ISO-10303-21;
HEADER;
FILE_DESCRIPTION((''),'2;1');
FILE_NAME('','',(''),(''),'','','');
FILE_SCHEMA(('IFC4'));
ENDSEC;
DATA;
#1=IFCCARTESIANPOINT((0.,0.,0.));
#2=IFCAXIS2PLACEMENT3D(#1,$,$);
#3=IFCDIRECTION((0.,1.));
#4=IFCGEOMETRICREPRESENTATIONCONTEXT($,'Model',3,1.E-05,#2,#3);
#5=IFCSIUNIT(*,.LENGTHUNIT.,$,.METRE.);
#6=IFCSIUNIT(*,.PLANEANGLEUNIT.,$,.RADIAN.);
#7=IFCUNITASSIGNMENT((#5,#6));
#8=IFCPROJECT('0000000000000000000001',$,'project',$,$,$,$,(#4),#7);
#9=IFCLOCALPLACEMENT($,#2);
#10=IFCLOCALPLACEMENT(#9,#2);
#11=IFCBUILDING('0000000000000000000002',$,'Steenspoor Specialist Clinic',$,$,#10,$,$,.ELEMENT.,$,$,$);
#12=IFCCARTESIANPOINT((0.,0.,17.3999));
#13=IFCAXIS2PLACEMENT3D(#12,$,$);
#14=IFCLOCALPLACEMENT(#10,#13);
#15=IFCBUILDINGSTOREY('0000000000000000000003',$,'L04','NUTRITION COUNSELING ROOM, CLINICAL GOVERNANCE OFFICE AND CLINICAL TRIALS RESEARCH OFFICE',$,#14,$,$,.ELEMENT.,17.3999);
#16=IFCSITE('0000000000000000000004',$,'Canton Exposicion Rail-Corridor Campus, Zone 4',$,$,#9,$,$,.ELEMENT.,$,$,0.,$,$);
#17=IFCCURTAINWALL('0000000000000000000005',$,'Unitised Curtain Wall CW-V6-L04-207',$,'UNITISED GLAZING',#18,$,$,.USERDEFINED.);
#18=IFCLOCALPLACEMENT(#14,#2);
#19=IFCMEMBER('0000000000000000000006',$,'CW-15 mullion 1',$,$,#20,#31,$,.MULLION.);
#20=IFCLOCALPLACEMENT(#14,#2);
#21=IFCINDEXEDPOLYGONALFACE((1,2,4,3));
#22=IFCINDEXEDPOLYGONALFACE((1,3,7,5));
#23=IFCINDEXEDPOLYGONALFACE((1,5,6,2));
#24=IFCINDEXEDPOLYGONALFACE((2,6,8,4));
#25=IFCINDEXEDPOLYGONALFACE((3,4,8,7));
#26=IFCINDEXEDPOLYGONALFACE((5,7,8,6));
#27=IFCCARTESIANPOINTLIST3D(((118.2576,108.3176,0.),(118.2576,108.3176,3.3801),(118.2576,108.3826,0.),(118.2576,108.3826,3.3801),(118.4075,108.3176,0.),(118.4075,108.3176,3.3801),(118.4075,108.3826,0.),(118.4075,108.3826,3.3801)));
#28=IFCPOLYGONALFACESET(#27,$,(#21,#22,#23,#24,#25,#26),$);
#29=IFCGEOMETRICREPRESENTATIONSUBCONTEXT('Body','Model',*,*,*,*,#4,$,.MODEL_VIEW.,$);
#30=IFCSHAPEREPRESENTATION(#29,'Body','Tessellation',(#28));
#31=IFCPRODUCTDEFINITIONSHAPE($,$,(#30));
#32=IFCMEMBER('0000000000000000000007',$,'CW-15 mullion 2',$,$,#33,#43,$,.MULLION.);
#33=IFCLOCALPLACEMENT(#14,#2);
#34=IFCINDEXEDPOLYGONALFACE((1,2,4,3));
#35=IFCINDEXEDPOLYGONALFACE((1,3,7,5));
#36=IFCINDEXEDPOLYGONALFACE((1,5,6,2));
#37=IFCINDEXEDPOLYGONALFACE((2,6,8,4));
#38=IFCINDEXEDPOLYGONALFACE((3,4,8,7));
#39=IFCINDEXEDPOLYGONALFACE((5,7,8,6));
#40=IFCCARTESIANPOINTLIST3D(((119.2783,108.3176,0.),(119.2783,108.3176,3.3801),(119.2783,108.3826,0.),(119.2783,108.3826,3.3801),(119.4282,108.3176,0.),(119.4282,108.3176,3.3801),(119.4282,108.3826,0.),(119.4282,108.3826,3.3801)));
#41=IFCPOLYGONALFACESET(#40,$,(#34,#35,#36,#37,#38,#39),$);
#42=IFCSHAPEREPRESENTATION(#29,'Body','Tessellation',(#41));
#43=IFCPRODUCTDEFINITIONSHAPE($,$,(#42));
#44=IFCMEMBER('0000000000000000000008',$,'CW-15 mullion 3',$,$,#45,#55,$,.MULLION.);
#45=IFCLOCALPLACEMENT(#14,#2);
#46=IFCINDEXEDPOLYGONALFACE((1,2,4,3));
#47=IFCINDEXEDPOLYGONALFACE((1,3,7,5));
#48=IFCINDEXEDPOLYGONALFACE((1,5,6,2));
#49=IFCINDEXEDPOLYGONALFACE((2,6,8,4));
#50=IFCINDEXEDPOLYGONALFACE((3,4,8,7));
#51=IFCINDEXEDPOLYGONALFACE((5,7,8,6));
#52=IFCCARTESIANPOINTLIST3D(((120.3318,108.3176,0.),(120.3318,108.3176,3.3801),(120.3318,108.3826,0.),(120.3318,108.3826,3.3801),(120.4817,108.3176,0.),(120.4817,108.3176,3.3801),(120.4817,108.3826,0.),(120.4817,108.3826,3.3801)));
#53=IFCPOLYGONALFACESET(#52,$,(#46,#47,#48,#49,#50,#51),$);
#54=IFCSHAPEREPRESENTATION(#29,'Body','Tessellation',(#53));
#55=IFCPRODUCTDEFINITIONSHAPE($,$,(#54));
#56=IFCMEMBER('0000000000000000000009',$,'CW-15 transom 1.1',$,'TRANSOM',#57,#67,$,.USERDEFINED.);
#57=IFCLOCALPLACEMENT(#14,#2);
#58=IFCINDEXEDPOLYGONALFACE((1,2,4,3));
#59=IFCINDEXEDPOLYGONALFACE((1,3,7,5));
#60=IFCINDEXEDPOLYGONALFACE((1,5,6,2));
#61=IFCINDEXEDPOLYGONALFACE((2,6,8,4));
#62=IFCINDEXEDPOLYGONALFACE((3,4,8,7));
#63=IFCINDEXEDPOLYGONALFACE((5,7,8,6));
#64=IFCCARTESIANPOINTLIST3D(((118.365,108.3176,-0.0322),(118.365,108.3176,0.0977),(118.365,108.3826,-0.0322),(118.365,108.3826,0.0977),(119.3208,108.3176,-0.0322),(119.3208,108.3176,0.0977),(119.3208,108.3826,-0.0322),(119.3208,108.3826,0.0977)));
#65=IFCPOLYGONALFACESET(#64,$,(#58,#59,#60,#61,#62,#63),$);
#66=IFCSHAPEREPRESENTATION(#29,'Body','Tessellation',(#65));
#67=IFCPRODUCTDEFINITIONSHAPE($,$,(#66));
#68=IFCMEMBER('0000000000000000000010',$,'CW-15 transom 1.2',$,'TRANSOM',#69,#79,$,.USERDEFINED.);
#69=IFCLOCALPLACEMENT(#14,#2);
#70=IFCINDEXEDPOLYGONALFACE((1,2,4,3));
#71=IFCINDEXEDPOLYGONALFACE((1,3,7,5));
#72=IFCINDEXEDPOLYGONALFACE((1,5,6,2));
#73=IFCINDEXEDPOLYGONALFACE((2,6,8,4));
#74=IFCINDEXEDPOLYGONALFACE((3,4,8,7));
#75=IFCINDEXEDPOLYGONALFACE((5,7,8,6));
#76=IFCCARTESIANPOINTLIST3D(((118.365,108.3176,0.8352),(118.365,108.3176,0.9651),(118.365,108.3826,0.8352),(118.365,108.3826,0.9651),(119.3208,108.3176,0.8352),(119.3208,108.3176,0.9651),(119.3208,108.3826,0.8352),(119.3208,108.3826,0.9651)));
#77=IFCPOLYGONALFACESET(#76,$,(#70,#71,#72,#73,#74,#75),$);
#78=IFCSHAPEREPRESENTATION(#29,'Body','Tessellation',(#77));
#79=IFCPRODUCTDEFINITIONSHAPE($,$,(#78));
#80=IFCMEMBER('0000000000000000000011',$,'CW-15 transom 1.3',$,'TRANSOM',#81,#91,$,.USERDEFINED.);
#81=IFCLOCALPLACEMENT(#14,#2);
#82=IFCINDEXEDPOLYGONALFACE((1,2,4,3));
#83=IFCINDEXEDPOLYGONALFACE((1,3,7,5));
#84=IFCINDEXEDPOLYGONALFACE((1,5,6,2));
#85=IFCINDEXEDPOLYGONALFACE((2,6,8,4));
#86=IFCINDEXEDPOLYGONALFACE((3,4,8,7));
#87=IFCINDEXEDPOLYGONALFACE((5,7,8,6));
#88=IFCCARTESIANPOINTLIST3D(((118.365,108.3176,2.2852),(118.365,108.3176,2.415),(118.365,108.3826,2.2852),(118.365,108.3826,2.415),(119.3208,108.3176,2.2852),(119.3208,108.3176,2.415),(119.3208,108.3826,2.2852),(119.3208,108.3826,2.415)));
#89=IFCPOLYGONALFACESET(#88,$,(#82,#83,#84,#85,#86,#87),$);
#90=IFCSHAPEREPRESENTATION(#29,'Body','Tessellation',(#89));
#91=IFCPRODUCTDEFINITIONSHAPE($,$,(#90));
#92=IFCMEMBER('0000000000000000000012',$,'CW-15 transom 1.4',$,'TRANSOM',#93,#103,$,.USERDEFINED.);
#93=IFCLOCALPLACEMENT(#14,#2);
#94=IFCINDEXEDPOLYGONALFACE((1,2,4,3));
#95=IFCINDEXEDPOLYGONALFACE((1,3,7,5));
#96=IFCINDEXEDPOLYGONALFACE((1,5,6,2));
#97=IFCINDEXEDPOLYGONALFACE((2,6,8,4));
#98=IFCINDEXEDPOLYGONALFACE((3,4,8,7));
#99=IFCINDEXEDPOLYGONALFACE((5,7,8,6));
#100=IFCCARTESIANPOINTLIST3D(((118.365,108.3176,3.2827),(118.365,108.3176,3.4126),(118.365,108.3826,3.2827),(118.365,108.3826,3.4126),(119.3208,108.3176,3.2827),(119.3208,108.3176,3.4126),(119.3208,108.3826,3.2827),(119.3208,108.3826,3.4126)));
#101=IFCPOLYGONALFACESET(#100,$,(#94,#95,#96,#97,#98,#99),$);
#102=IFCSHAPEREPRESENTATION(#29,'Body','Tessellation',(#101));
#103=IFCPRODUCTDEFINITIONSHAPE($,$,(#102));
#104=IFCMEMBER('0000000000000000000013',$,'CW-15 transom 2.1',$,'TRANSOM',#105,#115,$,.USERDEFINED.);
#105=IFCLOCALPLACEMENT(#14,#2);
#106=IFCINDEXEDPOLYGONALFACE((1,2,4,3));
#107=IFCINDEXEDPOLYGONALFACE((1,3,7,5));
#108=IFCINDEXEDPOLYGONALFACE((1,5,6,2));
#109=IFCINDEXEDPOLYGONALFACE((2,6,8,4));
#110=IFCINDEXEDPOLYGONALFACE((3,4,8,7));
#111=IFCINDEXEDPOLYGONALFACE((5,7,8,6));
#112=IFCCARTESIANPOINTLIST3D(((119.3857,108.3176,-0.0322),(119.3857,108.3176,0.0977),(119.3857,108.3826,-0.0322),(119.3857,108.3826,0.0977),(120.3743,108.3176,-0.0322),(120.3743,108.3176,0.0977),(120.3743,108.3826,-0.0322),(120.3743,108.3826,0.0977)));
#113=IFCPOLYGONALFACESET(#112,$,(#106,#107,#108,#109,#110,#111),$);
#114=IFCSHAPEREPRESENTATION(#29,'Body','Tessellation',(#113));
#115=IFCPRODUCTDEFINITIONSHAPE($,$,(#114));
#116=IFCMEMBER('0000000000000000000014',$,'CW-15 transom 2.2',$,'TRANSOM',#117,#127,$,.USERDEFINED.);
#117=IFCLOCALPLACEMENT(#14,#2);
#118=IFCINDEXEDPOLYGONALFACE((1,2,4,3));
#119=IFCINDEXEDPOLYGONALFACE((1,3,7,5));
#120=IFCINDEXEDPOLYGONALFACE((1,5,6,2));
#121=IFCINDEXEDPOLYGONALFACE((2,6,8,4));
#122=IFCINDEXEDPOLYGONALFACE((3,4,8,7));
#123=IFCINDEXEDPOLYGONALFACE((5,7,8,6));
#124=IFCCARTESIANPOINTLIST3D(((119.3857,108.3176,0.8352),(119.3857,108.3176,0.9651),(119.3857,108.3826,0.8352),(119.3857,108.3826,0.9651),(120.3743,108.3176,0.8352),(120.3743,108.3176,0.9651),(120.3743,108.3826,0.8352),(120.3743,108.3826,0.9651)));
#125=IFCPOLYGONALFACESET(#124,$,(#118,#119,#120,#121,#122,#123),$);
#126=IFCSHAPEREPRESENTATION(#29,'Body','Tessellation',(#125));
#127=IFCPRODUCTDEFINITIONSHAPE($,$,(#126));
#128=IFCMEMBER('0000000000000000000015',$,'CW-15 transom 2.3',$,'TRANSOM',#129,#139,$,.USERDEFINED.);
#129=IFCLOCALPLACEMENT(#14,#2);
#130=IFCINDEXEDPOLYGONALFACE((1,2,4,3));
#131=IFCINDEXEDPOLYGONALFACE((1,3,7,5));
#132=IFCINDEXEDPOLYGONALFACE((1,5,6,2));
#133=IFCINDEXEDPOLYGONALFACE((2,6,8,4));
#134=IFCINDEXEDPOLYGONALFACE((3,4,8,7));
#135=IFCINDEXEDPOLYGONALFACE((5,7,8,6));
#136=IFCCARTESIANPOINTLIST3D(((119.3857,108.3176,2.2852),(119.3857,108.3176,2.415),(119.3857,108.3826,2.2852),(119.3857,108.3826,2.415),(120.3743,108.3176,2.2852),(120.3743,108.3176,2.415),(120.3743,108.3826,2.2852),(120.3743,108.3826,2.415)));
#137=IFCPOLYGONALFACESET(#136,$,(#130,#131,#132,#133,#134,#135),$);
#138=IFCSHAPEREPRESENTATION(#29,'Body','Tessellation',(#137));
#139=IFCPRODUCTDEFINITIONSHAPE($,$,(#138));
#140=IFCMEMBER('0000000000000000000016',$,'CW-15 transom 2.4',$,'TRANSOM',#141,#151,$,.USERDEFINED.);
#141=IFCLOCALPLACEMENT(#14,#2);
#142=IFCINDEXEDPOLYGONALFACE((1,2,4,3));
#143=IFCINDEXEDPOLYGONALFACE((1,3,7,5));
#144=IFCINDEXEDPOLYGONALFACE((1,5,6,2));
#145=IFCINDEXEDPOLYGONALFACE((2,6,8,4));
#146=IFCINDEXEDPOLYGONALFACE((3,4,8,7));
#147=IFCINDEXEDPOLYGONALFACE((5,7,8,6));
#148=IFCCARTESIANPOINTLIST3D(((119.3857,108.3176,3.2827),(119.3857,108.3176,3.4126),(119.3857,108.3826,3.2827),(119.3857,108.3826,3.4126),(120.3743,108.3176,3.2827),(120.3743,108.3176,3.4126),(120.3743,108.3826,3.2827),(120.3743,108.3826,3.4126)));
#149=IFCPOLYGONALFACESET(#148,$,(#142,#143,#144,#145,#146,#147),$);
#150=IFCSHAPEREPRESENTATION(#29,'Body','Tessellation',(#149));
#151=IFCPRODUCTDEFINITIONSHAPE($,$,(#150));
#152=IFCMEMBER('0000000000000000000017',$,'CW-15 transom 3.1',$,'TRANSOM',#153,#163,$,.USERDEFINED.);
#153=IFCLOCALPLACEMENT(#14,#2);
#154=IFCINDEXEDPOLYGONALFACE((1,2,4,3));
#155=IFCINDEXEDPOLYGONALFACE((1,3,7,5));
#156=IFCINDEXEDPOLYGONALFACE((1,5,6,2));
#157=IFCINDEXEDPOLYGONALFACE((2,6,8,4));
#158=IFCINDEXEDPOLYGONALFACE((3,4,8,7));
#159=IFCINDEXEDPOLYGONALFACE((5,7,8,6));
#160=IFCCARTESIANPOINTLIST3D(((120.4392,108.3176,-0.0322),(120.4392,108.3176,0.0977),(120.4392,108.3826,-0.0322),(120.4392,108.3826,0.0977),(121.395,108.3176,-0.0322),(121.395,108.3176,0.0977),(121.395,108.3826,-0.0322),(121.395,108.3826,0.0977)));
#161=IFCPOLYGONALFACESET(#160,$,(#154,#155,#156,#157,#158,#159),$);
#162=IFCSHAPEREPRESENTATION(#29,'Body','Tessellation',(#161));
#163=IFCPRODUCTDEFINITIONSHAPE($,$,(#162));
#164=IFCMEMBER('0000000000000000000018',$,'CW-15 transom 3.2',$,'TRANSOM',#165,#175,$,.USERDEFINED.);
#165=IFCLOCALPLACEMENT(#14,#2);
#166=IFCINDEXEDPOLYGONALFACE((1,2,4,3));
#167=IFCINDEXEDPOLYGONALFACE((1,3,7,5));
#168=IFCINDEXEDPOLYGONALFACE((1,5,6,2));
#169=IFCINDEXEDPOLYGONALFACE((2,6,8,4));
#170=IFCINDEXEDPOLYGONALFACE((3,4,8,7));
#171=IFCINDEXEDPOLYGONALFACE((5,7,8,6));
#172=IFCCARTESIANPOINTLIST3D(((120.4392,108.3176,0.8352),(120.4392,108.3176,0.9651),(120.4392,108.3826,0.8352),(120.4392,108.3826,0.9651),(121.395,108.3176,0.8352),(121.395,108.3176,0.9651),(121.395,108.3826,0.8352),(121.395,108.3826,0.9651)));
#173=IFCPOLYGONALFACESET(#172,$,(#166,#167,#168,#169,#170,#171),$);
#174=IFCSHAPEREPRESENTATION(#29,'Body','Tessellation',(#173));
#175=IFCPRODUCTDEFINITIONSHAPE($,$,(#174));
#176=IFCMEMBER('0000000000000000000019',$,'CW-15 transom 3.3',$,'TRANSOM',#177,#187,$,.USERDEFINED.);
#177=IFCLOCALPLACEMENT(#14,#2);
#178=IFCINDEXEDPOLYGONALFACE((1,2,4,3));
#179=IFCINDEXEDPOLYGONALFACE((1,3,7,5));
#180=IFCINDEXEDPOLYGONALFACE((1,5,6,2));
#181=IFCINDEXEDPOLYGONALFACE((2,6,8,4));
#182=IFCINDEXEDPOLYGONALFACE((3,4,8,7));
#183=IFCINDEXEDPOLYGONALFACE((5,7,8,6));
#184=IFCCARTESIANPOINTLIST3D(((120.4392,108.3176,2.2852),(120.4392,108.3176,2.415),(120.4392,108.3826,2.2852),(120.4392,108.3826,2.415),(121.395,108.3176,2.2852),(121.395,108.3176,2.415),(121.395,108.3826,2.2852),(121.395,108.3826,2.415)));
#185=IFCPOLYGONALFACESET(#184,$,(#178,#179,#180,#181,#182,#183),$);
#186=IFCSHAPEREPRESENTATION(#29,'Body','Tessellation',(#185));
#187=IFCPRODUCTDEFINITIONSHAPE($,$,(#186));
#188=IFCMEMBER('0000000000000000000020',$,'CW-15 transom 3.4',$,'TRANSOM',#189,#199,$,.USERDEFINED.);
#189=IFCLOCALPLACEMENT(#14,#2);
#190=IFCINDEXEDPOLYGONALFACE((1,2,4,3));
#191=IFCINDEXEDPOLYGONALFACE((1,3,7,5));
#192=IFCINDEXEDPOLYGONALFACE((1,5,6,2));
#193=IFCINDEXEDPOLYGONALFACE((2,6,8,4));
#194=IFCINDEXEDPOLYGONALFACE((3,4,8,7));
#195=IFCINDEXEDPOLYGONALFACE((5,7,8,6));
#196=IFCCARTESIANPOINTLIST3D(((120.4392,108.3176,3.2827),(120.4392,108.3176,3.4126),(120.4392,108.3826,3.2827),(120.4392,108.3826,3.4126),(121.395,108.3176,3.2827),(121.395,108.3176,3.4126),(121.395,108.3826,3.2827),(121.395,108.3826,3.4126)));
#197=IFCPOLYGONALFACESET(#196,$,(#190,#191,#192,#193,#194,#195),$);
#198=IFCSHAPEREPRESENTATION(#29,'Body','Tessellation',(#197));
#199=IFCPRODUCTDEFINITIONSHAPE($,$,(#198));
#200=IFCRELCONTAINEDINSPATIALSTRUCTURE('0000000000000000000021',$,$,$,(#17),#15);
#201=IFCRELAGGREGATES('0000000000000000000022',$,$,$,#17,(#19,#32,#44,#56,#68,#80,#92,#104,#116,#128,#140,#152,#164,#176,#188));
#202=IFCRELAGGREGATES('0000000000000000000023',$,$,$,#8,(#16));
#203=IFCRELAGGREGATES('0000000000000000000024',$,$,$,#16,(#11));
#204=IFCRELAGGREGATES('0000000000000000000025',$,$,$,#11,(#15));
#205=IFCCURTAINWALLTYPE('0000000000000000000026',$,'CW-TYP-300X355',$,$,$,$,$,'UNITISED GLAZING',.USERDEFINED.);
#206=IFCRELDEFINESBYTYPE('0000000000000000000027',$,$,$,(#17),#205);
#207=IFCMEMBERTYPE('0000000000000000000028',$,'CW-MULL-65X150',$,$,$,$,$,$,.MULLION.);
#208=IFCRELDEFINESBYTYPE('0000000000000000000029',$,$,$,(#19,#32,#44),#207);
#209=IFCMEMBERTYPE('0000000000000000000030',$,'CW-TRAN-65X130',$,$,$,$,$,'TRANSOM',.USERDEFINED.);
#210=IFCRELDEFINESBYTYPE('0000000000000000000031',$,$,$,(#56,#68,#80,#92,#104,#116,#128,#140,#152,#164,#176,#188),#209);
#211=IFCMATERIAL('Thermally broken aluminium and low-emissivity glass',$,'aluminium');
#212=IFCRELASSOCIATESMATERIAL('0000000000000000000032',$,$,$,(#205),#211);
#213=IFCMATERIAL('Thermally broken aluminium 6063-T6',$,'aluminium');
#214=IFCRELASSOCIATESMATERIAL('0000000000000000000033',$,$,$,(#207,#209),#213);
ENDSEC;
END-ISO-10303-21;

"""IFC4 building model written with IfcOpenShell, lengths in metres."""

from ifc_helpers import new_model, si_unit, direction, frame, origin, origin_2d, place, context, subcontext, project, spatial, rectangle, extrude, material, material_profile, profile_set, type_object, element, aggregate, save


model = new_model("IFC4")

# Units and contexts
model_context = context("Model", 3, precision=1e-05, world=origin(), true_north=direction((0.0, 1.0)))
body_context = subcontext(model_context, "Body", "Model", "MODEL_VIEW")
ifc_project = project(units=[si_unit("LENGTHUNIT", "METRE"), si_unit("PLANEANGLEUNIT", "RADIAN")], contexts=[model_context])

# Site, building, storey
site_placement = place(None, origin())
site = spatial("IfcSite", under=ifc_project, at=site_placement, Name="Canton Exposicion Rail-Corridor Campus, Zone 4", CompositionType="ELEMENT", RefElevation=0.0)
building_placement = place(site_placement, origin())
building = spatial("IfcBuilding", under=site, at=building_placement, Name="Steenspoor Specialist Clinic", CompositionType="ELEMENT")
storey_placement = place(building_placement, frame((0.0, 0.0, 17.3999)))
storey = spatial("IfcBuildingStorey", under=building, at=storey_placement, Name="L04", Description="NUTRITION COUNSELING ROOM, CLINICAL GOVERNANCE OFFICE AND CLINICAL TRIALS RESEARCH OFFICE", CompositionType="ELEMENT", Elevation=17.3999)

# Curtain wall, members
ifc_material_1 = material(Name="Thermally broken aluminium and low-emissivity glass", Category="aluminium")
curtain_wall_type = type_object("IfcCurtainWallType", Name="CW-TYP-300X355", ElementType="UNITISED GLAZING", PredefinedType="USERDEFINED", material=ifc_material_1)
curtain_wall_placement = place(storey_placement, origin())
curtain_wall = element("IfcCurtainWall", 1, at=curtain_wall_placement, inside=storey, type_object=curtain_wall_type, Name="Unitised Curtain Wall CW-V6-L04-207", ObjectType="UNITISED GLAZING", PredefinedType="USERDEFINED")
ifc_material_2 = material(Name="Thermally broken aluminium 6063-T6", Category="aluminium")
ifc_material_profile_1 = material_profile(ifc_material_2, rectangle(XDim=0.0649, YDim=0.1499, at=origin_2d()), Name="CWM-65X150")
ifc_profile_set_1 = profile_set([ifc_material_profile_1], Name="Thermally broken aluminium 6063-T6")
member_type_1 = type_object("IfcMemberType", Name="CW-MULL-65X150", PredefinedType="MULLION", material=ifc_profile_set_1)
member_1_placement = place(storey_placement, frame((118.3325, 108.3501, 0.0), z_axis=(0.0, 0.0, 1.0), x_axis=(0.0, 1.0, 0.0)))
member_1 = element("IfcMember", 2, at=member_1_placement, type_object=member_type_1, Name="CW-15 mullion 1", PredefinedType="MULLION", context=body_context, shape_type="SweptSolid", body=[
    extrude(rectangle(XDim=0.0649, YDim=0.1499, at=origin_2d()), origin(), (0.0, 0.0, 1.0), 3.3801),
])
member_2_placement = place(storey_placement, frame((119.3533, 108.3501, 0.0), z_axis=(0.0, 0.0, 1.0), x_axis=(0.0, 1.0, 0.0)))
member_2 = element("IfcMember", 3, at=member_2_placement, type_object=member_type_1, Name="CW-15 mullion 2", PredefinedType="MULLION", context=body_context, shape_type="SweptSolid", body=[
    extrude(rectangle(XDim=0.0649, YDim=0.1499, at=origin_2d()), origin(), (0.0, 0.0, 1.0), 3.3801),
])
member_3_placement = place(storey_placement, frame((120.4067, 108.3501, 0.0), z_axis=(0.0, 0.0, 1.0), x_axis=(0.0, 1.0, 0.0)))
member_3 = element("IfcMember", 4, at=member_3_placement, type_object=member_type_1, Name="CW-15 mullion 3", PredefinedType="MULLION", context=body_context, shape_type="SweptSolid", body=[
    extrude(rectangle(XDim=0.0649, YDim=0.1499, at=origin_2d()), origin(), (0.0, 0.0, 1.0), 3.3801),
])
ifc_material_profile_2 = material_profile(ifc_material_2, rectangle(XDim=0.0649, YDim=0.1299, at=origin_2d()), Name="CWT-65X130")
ifc_profile_set_2 = profile_set([ifc_material_profile_2], Name="Thermally broken aluminium 6063-T6")
member_type_2 = type_object("IfcMemberType", Name="CW-TRAN-65X130", ElementType="TRANSOM", PredefinedType="USERDEFINED", material=ifc_profile_set_2)
member_4_placement = place(storey_placement, frame((118.365, 108.3501, 0.0327), z_axis=(1.0, 0.0, 0.0), x_axis=(0.0, 1.0, 0.0)))
member_4 = element("IfcMember", 5, at=member_4_placement, type_object=member_type_2, Name="CW-15 transom 1.1", ObjectType="TRANSOM", PredefinedType="USERDEFINED", context=body_context, shape_type="SweptSolid", body=[
    extrude(rectangle(XDim=0.0649, YDim=0.1299, at=origin_2d()), origin(), (0.0, 0.0, 1.0), 0.9558),
])
member_5_placement = place(storey_placement, frame((118.365, 108.3501, 0.9001), z_axis=(1.0, 0.0, 0.0), x_axis=(0.0, 1.0, 0.0)))
member_5 = element("IfcMember", 6, at=member_5_placement, type_object=member_type_2, Name="CW-15 transom 1.2", ObjectType="TRANSOM", PredefinedType="USERDEFINED", context=body_context, shape_type="SweptSolid", body=[
    extrude(rectangle(XDim=0.0649, YDim=0.1299, at=origin_2d()), origin(), (0.0, 0.0, 1.0), 0.9558),
])
member_6_placement = place(storey_placement, frame((118.365, 108.3501, 2.3501), z_axis=(1.0, 0.0, 0.0), x_axis=(0.0, 1.0, 0.0)))
member_6 = element("IfcMember", 7, at=member_6_placement, type_object=member_type_2, Name="CW-15 transom 1.3", ObjectType="TRANSOM", PredefinedType="USERDEFINED", context=body_context, shape_type="SweptSolid", body=[
    extrude(rectangle(XDim=0.0649, YDim=0.1299, at=origin_2d()), origin(), (0.0, 0.0, 1.0), 0.9558),
])
member_7_placement = place(storey_placement, frame((118.365, 108.3501, 3.3477), z_axis=(1.0, 0.0, 0.0), x_axis=(0.0, 1.0, 0.0)))
member_7 = element("IfcMember", 8, at=member_7_placement, type_object=member_type_2, Name="CW-15 transom 1.4", ObjectType="TRANSOM", PredefinedType="USERDEFINED", context=body_context, shape_type="SweptSolid", body=[
    extrude(rectangle(XDim=0.0649, YDim=0.1299, at=origin_2d()), origin(), (0.0, 0.0, 1.0), 0.9558),
])
member_8_placement = place(storey_placement, frame((119.3857, 108.3501, 0.0327), z_axis=(1.0, 0.0, 0.0), x_axis=(0.0, 1.0, 0.0)))
member_8 = element("IfcMember", 9, at=member_8_placement, type_object=member_type_2, Name="CW-15 transom 2.1", ObjectType="TRANSOM", PredefinedType="USERDEFINED", context=body_context, shape_type="SweptSolid", body=[
    extrude(rectangle(XDim=0.0649, YDim=0.1299, at=origin_2d()), origin(), (0.0, 0.0, 1.0), 0.9885),
])
member_9_placement = place(storey_placement, frame((119.3857, 108.3501, 0.9001), z_axis=(1.0, 0.0, 0.0), x_axis=(0.0, 1.0, 0.0)))
member_9 = element("IfcMember", 10, at=member_9_placement, type_object=member_type_2, Name="CW-15 transom 2.2", ObjectType="TRANSOM", PredefinedType="USERDEFINED", context=body_context, shape_type="SweptSolid", body=[
    extrude(rectangle(XDim=0.0649, YDim=0.1299, at=origin_2d()), origin(), (0.0, 0.0, 1.0), 0.9885),
])
member_10_placement = place(storey_placement, frame((119.3857, 108.3501, 2.3501), z_axis=(1.0, 0.0, 0.0), x_axis=(0.0, 1.0, 0.0)))
member_10 = element("IfcMember", 11, at=member_10_placement, type_object=member_type_2, Name="CW-15 transom 2.3", ObjectType="TRANSOM", PredefinedType="USERDEFINED", context=body_context, shape_type="SweptSolid", body=[
    extrude(rectangle(XDim=0.0649, YDim=0.1299, at=origin_2d()), origin(), (0.0, 0.0, 1.0), 0.9885),
])
member_11_placement = place(storey_placement, frame((119.3857, 108.3501, 3.3477), z_axis=(1.0, 0.0, 0.0), x_axis=(0.0, 1.0, 0.0)))
member_11 = element("IfcMember", 12, at=member_11_placement, type_object=member_type_2, Name="CW-15 transom 2.4", ObjectType="TRANSOM", PredefinedType="USERDEFINED", context=body_context, shape_type="SweptSolid", body=[
    extrude(rectangle(XDim=0.0649, YDim=0.1299, at=origin_2d()), origin(), (0.0, 0.0, 1.0), 0.9885),
])
member_12_placement = place(storey_placement, frame((120.4392, 108.3501, 0.0327), z_axis=(1.0, 0.0, 0.0), x_axis=(0.0, 1.0, 0.0)))
member_12 = element("IfcMember", 13, at=member_12_placement, type_object=member_type_2, Name="CW-15 transom 3.1", ObjectType="TRANSOM", PredefinedType="USERDEFINED", context=body_context, shape_type="SweptSolid", body=[
    extrude(rectangle(XDim=0.0649, YDim=0.1299, at=origin_2d()), origin(), (0.0, 0.0, 1.0), 0.9558),
])
member_13_placement = place(storey_placement, frame((120.4392, 108.3501, 0.9001), z_axis=(1.0, 0.0, 0.0), x_axis=(0.0, 1.0, 0.0)))
member_13 = element("IfcMember", 14, at=member_13_placement, type_object=member_type_2, Name="CW-15 transom 3.2", ObjectType="TRANSOM", PredefinedType="USERDEFINED", context=body_context, shape_type="SweptSolid", body=[
    extrude(rectangle(XDim=0.0649, YDim=0.1299, at=origin_2d()), origin(), (0.0, 0.0, 1.0), 0.9558),
])
member_14_placement = place(storey_placement, frame((120.4392, 108.3501, 2.3501), z_axis=(1.0, 0.0, 0.0), x_axis=(0.0, 1.0, 0.0)))
member_14 = element("IfcMember", 15, at=member_14_placement, type_object=member_type_2, Name="CW-15 transom 3.3", ObjectType="TRANSOM", PredefinedType="USERDEFINED", context=body_context, shape_type="SweptSolid", body=[
    extrude(rectangle(XDim=0.0649, YDim=0.1299, at=origin_2d()), origin(), (0.0, 0.0, 1.0), 0.9558),
])
member_15_placement = place(storey_placement, frame((120.4392, 108.3501, 3.3477), z_axis=(1.0, 0.0, 0.0), x_axis=(0.0, 1.0, 0.0)))
member_15 = element("IfcMember", 16, at=member_15_placement, type_object=member_type_2, Name="CW-15 transom 3.4", ObjectType="TRANSOM", PredefinedType="USERDEFINED", context=body_context, shape_type="SweptSolid", body=[
    extrude(rectangle(XDim=0.0649, YDim=0.1299, at=origin_2d()), origin(), (0.0, 0.0, 1.0), 0.9558),
])

aggregate(curtain_wall, [member_1, member_2, member_3, member_4, member_5, member_6, member_7, member_8, member_9, member_10, member_11, member_12, member_13, member_14, member_15])

save(model, "model.ifc")
